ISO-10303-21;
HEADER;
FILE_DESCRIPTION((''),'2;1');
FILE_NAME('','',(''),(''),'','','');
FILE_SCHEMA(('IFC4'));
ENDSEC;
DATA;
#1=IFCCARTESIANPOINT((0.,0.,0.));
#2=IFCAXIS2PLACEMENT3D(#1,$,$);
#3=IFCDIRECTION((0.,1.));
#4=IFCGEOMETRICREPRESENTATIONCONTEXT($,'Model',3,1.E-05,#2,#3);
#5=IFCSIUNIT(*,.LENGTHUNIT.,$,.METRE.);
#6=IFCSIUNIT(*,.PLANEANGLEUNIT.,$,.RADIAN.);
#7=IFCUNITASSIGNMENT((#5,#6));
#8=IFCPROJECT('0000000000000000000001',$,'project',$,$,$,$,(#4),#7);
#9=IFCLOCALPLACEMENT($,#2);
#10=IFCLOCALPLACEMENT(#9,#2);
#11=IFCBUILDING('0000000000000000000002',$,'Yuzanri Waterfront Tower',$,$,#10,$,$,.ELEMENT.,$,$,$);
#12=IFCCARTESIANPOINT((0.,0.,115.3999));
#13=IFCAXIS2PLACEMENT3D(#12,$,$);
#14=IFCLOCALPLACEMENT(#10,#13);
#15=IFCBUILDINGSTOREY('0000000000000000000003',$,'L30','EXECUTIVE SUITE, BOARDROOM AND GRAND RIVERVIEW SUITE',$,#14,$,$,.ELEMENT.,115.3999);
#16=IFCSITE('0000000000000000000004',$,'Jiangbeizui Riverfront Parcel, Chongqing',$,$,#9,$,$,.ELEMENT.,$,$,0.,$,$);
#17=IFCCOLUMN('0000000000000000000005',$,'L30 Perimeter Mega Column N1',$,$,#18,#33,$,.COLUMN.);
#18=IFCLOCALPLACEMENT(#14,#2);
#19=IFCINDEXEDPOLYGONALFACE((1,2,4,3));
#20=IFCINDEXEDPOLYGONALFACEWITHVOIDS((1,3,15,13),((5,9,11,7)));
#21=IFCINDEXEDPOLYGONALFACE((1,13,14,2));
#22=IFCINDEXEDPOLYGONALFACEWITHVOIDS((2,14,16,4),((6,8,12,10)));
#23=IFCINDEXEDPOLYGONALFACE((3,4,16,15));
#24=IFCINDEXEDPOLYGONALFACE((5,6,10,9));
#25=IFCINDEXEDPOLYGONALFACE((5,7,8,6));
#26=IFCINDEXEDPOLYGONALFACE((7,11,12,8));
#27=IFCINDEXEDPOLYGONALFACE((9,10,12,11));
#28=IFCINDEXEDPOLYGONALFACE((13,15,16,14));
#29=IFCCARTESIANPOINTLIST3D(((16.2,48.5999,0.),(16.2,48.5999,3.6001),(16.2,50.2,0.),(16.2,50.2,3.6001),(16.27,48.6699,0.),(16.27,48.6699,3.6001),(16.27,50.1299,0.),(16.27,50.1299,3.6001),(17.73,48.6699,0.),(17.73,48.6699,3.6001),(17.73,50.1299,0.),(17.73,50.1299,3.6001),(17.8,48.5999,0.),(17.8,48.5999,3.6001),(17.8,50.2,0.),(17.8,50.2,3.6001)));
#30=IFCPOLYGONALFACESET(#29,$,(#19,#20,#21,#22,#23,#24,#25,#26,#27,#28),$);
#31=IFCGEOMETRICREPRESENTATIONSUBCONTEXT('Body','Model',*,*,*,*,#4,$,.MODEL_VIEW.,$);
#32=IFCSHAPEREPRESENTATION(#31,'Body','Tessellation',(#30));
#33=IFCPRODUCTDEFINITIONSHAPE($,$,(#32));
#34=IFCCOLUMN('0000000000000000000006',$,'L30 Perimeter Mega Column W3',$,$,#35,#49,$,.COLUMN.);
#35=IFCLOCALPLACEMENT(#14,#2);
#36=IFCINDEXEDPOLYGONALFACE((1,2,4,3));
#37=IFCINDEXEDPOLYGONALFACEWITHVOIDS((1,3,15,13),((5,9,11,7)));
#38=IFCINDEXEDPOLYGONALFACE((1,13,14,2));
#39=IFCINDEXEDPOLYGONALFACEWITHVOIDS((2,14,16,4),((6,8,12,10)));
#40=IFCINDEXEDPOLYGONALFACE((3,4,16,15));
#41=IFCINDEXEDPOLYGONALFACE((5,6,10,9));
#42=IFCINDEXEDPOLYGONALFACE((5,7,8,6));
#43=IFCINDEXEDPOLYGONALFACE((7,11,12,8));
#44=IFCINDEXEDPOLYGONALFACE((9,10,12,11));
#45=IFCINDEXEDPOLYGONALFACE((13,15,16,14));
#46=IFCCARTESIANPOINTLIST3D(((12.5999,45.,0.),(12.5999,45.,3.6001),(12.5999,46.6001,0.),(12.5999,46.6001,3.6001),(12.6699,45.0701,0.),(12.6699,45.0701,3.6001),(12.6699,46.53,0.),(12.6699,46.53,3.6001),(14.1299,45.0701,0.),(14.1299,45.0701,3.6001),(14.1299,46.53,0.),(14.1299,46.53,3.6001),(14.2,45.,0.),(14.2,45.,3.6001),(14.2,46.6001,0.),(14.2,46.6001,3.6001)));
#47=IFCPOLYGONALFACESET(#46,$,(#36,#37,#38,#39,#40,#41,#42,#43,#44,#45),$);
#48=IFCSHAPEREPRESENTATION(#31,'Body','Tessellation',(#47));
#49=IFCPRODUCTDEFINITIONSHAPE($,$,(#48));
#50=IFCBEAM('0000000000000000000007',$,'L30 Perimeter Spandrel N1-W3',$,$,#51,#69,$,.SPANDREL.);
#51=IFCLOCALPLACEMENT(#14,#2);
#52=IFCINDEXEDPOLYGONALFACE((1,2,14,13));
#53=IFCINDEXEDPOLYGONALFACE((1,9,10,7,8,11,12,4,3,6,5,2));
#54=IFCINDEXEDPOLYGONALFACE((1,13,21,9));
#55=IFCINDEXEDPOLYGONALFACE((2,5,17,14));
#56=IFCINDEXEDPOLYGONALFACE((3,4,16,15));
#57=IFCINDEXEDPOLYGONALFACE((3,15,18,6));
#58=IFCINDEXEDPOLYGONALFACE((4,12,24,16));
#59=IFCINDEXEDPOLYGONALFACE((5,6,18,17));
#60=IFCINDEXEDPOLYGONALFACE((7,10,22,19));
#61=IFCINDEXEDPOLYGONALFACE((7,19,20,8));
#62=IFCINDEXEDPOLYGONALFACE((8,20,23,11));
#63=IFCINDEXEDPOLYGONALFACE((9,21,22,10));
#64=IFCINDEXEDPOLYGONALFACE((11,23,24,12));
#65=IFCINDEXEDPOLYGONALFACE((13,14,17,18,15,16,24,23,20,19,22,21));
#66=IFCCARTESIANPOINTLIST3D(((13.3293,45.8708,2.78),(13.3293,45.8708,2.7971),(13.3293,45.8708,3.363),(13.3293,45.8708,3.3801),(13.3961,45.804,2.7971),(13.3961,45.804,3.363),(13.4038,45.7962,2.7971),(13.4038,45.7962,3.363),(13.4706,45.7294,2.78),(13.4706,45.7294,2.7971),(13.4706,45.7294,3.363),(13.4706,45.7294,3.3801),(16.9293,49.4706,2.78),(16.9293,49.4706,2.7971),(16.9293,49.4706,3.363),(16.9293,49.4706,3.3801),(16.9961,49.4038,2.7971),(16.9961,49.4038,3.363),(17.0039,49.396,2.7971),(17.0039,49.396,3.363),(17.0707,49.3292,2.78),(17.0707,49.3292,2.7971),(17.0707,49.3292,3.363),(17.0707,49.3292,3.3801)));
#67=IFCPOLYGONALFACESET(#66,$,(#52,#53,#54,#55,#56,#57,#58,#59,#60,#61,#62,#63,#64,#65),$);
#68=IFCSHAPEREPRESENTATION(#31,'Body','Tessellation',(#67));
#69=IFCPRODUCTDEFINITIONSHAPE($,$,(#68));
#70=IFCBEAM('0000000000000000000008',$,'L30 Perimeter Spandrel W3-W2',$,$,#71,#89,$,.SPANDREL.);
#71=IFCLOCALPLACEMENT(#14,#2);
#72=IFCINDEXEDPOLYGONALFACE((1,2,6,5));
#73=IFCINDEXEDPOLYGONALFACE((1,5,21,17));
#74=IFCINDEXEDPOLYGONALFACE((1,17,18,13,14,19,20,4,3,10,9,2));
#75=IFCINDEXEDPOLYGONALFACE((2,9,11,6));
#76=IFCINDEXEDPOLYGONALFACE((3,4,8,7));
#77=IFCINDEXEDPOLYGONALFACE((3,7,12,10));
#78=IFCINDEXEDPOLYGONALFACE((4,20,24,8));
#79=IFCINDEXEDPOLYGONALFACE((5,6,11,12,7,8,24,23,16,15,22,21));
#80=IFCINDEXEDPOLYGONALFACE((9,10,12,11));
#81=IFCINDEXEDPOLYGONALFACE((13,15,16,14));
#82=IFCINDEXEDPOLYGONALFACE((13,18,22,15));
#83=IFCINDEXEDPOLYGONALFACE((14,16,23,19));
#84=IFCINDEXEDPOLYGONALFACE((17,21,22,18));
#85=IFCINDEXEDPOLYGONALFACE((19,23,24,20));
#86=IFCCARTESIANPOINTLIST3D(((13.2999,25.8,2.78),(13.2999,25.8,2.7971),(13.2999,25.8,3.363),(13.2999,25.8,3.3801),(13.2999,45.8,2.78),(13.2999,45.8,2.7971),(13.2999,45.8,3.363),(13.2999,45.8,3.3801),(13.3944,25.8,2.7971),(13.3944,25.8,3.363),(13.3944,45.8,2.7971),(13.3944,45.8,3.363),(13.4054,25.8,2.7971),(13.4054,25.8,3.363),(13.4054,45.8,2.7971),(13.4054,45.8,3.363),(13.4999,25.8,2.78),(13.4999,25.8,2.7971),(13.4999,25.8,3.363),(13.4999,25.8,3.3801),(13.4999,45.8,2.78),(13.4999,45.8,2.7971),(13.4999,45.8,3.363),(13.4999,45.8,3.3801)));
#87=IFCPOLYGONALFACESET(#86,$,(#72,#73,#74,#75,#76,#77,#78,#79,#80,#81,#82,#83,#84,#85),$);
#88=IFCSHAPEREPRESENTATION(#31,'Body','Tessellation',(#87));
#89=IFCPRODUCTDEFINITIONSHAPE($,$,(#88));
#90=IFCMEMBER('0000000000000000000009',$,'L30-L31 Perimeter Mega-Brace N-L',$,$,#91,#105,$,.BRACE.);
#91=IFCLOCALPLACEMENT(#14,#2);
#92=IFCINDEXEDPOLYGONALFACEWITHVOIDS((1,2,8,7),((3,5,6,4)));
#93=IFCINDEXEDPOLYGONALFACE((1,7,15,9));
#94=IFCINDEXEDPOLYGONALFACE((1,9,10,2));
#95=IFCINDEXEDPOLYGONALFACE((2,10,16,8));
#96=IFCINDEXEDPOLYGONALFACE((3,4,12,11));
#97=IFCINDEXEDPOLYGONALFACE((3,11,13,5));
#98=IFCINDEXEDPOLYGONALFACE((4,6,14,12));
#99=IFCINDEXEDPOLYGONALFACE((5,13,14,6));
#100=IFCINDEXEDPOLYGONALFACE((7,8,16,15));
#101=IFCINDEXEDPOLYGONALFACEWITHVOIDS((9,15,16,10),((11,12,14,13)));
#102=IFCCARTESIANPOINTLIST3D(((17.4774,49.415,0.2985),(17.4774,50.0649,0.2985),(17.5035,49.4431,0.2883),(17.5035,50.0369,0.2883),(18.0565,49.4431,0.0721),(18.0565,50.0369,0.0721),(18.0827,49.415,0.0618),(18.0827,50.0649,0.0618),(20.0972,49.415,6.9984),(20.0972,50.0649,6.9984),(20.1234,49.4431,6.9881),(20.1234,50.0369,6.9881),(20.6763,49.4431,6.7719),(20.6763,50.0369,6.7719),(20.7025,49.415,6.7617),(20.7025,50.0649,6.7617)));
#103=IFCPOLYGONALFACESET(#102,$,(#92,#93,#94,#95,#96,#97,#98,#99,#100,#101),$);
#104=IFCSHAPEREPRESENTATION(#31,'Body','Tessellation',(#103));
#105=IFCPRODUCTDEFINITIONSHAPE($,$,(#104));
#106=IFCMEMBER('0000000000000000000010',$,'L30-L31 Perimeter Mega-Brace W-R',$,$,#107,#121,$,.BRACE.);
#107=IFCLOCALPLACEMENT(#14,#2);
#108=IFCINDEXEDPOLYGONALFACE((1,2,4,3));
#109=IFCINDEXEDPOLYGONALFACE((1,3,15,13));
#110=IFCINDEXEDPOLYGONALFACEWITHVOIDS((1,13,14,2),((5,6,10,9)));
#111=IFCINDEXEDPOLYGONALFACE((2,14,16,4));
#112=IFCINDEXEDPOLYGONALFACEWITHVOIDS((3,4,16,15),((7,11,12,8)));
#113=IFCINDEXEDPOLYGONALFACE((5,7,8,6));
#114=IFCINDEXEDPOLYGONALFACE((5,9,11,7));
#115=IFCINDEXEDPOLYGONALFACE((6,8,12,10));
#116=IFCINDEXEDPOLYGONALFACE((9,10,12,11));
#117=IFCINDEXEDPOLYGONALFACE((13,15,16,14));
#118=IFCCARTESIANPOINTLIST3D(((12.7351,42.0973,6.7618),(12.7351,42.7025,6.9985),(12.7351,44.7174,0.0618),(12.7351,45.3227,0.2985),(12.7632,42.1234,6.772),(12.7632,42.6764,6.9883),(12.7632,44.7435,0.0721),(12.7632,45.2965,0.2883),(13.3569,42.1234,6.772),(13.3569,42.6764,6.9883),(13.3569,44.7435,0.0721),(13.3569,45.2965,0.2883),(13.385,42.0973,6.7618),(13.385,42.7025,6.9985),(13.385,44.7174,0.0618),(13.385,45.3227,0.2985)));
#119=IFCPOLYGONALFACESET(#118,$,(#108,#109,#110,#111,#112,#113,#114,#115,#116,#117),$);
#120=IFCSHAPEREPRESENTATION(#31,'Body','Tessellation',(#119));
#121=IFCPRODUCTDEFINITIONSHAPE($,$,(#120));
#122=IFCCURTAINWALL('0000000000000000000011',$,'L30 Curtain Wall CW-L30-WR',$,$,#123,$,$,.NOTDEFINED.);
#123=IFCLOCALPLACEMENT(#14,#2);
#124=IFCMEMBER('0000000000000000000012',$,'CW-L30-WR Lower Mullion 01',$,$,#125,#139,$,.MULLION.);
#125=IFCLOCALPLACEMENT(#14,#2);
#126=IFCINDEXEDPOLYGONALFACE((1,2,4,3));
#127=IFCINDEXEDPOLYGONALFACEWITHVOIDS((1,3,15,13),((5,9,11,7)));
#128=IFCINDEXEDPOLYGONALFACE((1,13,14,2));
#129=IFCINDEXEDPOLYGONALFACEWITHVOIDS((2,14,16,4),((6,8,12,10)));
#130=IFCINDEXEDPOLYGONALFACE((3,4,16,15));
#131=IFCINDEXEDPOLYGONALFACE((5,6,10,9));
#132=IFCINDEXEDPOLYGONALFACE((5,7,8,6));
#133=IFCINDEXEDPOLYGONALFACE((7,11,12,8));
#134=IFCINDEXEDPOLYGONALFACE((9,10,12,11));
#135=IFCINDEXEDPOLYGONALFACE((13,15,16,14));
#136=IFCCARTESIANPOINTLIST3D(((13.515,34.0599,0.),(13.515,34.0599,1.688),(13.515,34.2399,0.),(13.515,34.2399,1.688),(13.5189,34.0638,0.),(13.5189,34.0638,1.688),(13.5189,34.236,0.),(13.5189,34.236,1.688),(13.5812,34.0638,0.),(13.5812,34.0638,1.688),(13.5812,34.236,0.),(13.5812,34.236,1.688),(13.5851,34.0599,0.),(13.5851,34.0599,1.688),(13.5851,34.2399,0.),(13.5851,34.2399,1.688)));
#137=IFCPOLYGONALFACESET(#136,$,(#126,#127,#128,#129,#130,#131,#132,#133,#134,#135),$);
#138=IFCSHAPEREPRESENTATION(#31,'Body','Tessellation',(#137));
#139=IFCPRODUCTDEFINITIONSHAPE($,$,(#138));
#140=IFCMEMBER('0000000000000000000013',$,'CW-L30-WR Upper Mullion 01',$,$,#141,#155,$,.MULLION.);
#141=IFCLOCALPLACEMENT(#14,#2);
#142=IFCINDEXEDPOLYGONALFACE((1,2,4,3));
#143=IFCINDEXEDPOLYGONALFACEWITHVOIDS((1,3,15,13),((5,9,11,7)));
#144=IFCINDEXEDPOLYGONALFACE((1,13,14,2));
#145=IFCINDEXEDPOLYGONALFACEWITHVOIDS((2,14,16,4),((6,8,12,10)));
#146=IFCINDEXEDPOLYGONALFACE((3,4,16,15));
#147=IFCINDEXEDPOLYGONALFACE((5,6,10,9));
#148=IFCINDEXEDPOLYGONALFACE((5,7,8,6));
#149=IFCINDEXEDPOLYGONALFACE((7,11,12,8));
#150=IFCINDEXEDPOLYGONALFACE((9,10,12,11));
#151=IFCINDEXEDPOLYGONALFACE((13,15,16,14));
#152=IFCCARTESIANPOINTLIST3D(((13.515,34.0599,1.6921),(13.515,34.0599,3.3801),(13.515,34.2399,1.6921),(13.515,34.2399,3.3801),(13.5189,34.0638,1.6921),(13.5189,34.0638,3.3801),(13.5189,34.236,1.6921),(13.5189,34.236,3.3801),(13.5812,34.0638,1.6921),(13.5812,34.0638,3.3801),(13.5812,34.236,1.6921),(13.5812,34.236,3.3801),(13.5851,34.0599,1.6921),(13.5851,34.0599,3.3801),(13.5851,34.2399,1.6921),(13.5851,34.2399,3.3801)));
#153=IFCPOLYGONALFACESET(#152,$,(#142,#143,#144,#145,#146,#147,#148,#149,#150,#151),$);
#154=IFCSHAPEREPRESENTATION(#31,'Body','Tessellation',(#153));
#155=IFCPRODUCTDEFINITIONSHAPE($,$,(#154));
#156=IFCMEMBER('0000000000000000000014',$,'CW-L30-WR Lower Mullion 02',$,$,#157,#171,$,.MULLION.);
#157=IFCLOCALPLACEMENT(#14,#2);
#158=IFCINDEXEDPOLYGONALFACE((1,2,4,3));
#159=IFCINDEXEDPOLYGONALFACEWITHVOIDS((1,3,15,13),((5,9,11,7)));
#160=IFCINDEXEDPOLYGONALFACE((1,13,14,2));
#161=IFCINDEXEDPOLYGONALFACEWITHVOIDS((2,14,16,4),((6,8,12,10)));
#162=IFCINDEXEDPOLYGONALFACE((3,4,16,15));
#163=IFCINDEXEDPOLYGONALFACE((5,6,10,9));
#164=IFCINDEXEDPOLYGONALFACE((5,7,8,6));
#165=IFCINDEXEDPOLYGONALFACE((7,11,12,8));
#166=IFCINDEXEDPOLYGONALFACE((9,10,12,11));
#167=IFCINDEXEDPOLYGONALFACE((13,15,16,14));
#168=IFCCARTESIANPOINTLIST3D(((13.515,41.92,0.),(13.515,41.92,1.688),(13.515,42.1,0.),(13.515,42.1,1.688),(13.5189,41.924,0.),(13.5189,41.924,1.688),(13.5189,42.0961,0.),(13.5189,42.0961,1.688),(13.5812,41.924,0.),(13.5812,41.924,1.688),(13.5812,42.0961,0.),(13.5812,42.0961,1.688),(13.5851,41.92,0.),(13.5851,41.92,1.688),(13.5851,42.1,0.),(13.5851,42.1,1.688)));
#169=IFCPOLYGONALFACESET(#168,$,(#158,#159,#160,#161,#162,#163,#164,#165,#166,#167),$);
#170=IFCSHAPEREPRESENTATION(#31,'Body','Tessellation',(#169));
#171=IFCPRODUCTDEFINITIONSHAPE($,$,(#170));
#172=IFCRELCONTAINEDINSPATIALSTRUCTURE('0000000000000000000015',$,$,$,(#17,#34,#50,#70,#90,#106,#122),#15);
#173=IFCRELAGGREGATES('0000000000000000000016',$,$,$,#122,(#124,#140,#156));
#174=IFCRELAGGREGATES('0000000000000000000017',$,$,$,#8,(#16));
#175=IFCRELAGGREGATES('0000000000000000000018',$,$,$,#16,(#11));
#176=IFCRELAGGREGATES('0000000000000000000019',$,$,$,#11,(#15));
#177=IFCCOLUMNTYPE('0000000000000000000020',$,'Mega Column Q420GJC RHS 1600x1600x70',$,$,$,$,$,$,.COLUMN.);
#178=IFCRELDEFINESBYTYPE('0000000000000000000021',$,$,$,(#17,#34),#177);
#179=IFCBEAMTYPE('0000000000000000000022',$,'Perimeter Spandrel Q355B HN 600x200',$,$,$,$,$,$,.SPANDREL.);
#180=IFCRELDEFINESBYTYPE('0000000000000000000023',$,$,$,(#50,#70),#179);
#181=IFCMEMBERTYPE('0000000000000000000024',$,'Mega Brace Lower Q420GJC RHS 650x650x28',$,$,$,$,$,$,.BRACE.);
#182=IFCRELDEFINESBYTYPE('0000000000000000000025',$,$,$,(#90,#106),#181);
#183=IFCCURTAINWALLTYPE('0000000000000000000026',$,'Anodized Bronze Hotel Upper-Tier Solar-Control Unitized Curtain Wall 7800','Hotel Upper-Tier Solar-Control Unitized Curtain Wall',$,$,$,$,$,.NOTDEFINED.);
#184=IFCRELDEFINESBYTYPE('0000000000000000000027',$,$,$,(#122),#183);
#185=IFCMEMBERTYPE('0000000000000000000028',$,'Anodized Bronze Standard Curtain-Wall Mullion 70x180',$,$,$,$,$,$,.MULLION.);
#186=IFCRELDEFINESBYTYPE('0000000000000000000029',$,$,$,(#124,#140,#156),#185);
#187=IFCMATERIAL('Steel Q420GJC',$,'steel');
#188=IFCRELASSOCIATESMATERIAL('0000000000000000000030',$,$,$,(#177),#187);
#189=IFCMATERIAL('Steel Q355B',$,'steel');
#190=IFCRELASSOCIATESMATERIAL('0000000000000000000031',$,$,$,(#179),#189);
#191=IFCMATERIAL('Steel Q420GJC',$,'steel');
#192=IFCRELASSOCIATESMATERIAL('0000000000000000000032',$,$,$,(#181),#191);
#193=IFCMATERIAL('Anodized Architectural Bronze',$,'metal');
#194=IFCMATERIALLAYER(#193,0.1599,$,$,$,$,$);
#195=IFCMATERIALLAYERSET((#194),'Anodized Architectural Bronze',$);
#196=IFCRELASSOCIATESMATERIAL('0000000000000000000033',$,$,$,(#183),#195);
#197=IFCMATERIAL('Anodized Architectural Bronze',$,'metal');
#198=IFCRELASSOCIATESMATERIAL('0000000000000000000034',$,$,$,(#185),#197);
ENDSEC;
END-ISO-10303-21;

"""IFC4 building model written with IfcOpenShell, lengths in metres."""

from ifc_helpers import new_model, si_unit, direction, frame, origin, origin_2d, place, context, subcontext, project, spatial, hollow_rectangle, i_section, extrude, source, transform, mapped, material, layer, layer_set, material_profile, profile_set, type_object, element, aggregate, save


model = new_model("IFC4")

# Units and contexts
model_context = context("Model", 3, precision=1e-05, world=origin(), true_north=direction((0.0, 1.0)))
body_context = subcontext(model_context, "Body", "Model", "MODEL_VIEW")
ifc_project = project(units=[si_unit("LENGTHUNIT", "METRE"), si_unit("PLANEANGLEUNIT", "RADIAN")], contexts=[model_context])

# Site, building, storey
site_placement = place(None, origin())
site = spatial("IfcSite", under=ifc_project, at=site_placement, Name="Jiangbeizui Riverfront Parcel, Chongqing", CompositionType="ELEMENT", RefElevation=0.0)
building_placement = place(site_placement, origin())
building = spatial("IfcBuilding", under=site, at=building_placement, Name="Yuzanri Waterfront Tower", CompositionType="ELEMENT")
storey_placement = place(building_placement, frame((0.0, 0.0, 115.3999)))
storey = spatial("IfcBuildingStorey", under=building, at=storey_placement, Name="L30", Description="EXECUTIVE SUITE, BOARDROOM AND GRAND RIVERVIEW SUITE", CompositionType="ELEMENT", Elevation=115.3999)

# Columns
ifc_material_1 = material(Name="Steel Q420GJC", Category="steel")
ifc_material_profile_1 = material_profile(ifc_material_1, hollow_rectangle(XDim=1.6001, YDim=1.6001, WallThickness=0.0701, at=origin_2d()), Name="RHS 1600x1600x70")
ifc_profile_set_1 = profile_set([ifc_material_profile_1], Name="Steel Q420GJC")
column_type = type_object("IfcColumnType", Name="Mega Column Q420GJC RHS 1600x1600x70", PredefinedType="COLUMN", material=ifc_profile_set_1)
shared_shape_1 = source(origin(), body_context, "Body", "SweptSolid", [
    extrude(hollow_rectangle(XDim=1.6001, YDim=1.6001, WallThickness=0.0701, at=origin_2d()), origin(), (0.0, 0.0, 1.0), 3.6001),
])
for number, where, z_axis, x_axis, name in (
    (1, (17.0, 49.3999, 0.0), (0.0, 0.0, 1.0), (1.0, 0.0, 0.0), "L30 Perimeter Mega Column N1"),
    (2, (13.3999, 45.8, 0.0), (0.0, 0.0, 1.0), (1.0, 0.0, 0.0), "L30 Perimeter Mega Column W3"),
):
    element("IfcColumn", number, at=place(storey_placement, frame(where, z_axis=z_axis, x_axis=x_axis)), inside=storey, type_object=column_type, Name=name, PredefinedType="COLUMN", context=body_context, shape_type="MappedRepresentation", body=[
        mapped(shared_shape_1, transform((0.0, 0.0, 0.0), scale=1.0)),
    ])

# Beams
ifc_material_2 = material(Name="Steel Q355B", Category="steel")
ifc_material_profile_2 = material_profile(ifc_material_2, i_section(OverallWidth=0.2, OverallDepth=0.6001, WebThickness=0.011, FlangeThickness=0.0171, at=origin_2d()), Name="HN 600x200x11x17")
ifc_profile_set_2 = profile_set([ifc_material_profile_2], Name="Steel Q355B")
beam_type = type_object("IfcBeamType", Name="Perimeter Spandrel Q355B HN 600x200", PredefinedType="SPANDREL", material=ifc_profile_set_2)
shared_shape_2 = source(origin(), body_context, "Body", "SweptSolid", [
    extrude(i_section(OverallWidth=0.2, OverallDepth=0.6001, WebThickness=0.011, FlangeThickness=0.0171, at=origin_2d()), origin(), (0.0, 0.0, 1.0), 5.0911),
])
beam_1_placement = place(storey_placement, frame((17.0, 49.3999, 3.0801), z_axis=(-0.707131, -0.707083, 0.0), x_axis=(0.707083, -0.707131, 0.0)))
element("IfcBeam", 3, at=beam_1_placement, inside=storey, type_object=beam_type, Name="L30 Perimeter Spandrel N1-W3", PredefinedType="SPANDREL", context=body_context, shape_type="MappedRepresentation", body=[
    mapped(shared_shape_2, transform((0.0, 0.0, 0.0), scale=1.0)),
])
shared_shape_3 = source(origin(), body_context, "Body", "SweptSolid", [
    extrude(i_section(OverallWidth=0.2, OverallDepth=0.6001, WebThickness=0.011, FlangeThickness=0.0171, at=origin_2d()), origin(), (0.0, 0.0, 1.0), 20.0),
])
beam_2_placement = place(storey_placement, frame((13.3999, 45.8, 3.0801), z_axis=(0.0, -1.0, 0.0), x_axis=(1.0, 0.0, 0.0)))
element("IfcBeam", 4, at=beam_2_placement, inside=storey, type_object=beam_type, Name="L30 Perimeter Spandrel W3-W2", PredefinedType="SPANDREL", context=body_context, shape_type="MappedRepresentation", body=[
    mapped(shared_shape_3, transform((0.0, 0.0, 0.0), scale=1.0)),
])

# Members
ifc_material_3 = material(Name="Steel Q420GJC", Category="steel")
ifc_material_profile_3 = material_profile(ifc_material_3, hollow_rectangle(XDim=0.6499, YDim=0.6499, WallThickness=0.0281, at=origin_2d()), Name="RHS 650x650x28")
ifc_profile_set_3 = profile_set([ifc_material_profile_3], Name="Steel Q420GJC")
member_type_1 = type_object("IfcMemberType", Name="Mega Brace Lower Q420GJC RHS 650x650x28", PredefinedType="BRACE", material=ifc_profile_set_3)
shared_shape_4 = source(origin(), body_context, "Body", "SweptSolid", [
    extrude(hollow_rectangle(XDim=0.6499, YDim=0.6499, WallThickness=0.0281, at=origin_2d()), origin(), (0.0, 0.0, 1.0), 7.1938),
])
member_1_placement = place(storey_placement, frame((17.78, 49.74, 0.1802), z_axis=(0.364177, 0.0, 0.93133), x_axis=(0.0, 1.0, 0.0)))
element("IfcMember", 5, at=member_1_placement, inside=storey, type_object=member_type_1, Name="L30-L31 Perimeter Mega-Brace N-L", PredefinedType="BRACE", context=body_context, shape_type="MappedRepresentation", body=[
    mapped(shared_shape_4, transform((0.0, 0.0, 0.0), scale=1.0)),
])
shared_shape_5 = source(origin(), body_context, "Body", "SweptSolid", [
    extrude(hollow_rectangle(XDim=0.6499, YDim=0.6499, WallThickness=0.0281, at=origin_2d()), origin(), (0.0, 0.0, 1.0), 7.1941),
])
member_2_placement = place(storey_placement, frame((13.0601, 45.02, 0.1802), z_axis=(0.0, -0.364206, 0.931318), x_axis=(1.0, 0.0, 0.0)))
element("IfcMember", 6, at=member_2_placement, inside=storey, type_object=member_type_1, Name="L30-L31 Perimeter Mega-Brace W-R", PredefinedType="BRACE", context=body_context, shape_type="MappedRepresentation", body=[
    mapped(shared_shape_5, transform((0.0, 0.0, 0.0), scale=1.0)),
])

# Curtain wall, members
ifc_material_4 = material(Name="Anodized Architectural Bronze", Category="metal")
ifc_layer_1 = layer(ifc_material_4, 0.1599)
ifc_layer_set_1 = layer_set([ifc_layer_1], Name="Anodized Architectural Bronze")
curtain_wall_type = type_object("IfcCurtainWallType", Name="Anodized Bronze Hotel Upper-Tier Solar-Control Unitized Curtain Wall 7800", Description="Hotel Upper-Tier Solar-Control Unitized Curtain Wall", PredefinedType="NOTDEFINED", material=ifc_layer_set_1)
curtain_wall_placement = place(storey_placement, origin())
curtain_wall = element("IfcCurtainWall", 7, at=curtain_wall_placement, inside=storey, type_object=curtain_wall_type, Name="L30 Curtain Wall CW-L30-WR", PredefinedType="NOTDEFINED")
ifc_material_5 = material(Name="Anodized Architectural Bronze", Category="metal")
ifc_material_profile_4 = material_profile(ifc_material_5, hollow_rectangle(XDim=0.0701, YDim=0.1799, WallThickness=0.0039, at=origin_2d()), Name="CWM 70x180")
ifc_profile_set_4 = profile_set([ifc_material_profile_4], Name="Anodized Architectural Bronze")
member_type_2 = type_object("IfcMemberType", Name="Anodized Bronze Standard Curtain-Wall Mullion 70x180", PredefinedType="MULLION", material=ifc_profile_set_4)
shared_shape_6 = source(origin(), body_context, "Body", "SweptSolid", [
    extrude(hollow_rectangle(XDim=0.0701, YDim=0.1799, WallThickness=0.0039, at=origin_2d()), origin(), (0.0, 0.0, 1.0), 1.688),
])
member_3_placement = place(storey_placement, frame((13.55, 34.1499, 0.0), z_axis=(0.0, 0.0, 1.0), x_axis=(1.0, 0.0, 0.0)))
member_3 = element("IfcMember", 8, at=member_3_placement, type_object=member_type_2, Name="CW-L30-WR Lower Mullion 01", PredefinedType="MULLION", context=body_context, shape_type="MappedRepresentation", body=[
    mapped(shared_shape_6, transform((0.0, 0.0, 0.0), scale=1.0)),
])
member_4_placement = place(storey_placement, frame((13.55, 34.1499, 1.6921), z_axis=(0.0, 0.0, 1.0), x_axis=(1.0, 0.0, 0.0)))
member_4 = element("IfcMember", 9, at=member_4_placement, type_object=member_type_2, Name="CW-L30-WR Upper Mullion 01", PredefinedType="MULLION", context=body_context, shape_type="MappedRepresentation", body=[
    mapped(shared_shape_6, transform((0.0, 0.0, 0.0), scale=1.0)),
])
member_5_placement = place(storey_placement, frame((13.55, 42.01, 0.0), z_axis=(0.0, 0.0, 1.0), x_axis=(1.0, 0.0, 0.0)))
member_5 = element("IfcMember", 10, at=member_5_placement, type_object=member_type_2, Name="CW-L30-WR Lower Mullion 02", PredefinedType="MULLION", context=body_context, shape_type="MappedRepresentation", body=[
    mapped(shared_shape_6, transform((0.0, 0.0, 0.0), scale=1.0)),
])

aggregate(curtain_wall, [member_3, member_4, member_5])

save(model, "model.ifc")
